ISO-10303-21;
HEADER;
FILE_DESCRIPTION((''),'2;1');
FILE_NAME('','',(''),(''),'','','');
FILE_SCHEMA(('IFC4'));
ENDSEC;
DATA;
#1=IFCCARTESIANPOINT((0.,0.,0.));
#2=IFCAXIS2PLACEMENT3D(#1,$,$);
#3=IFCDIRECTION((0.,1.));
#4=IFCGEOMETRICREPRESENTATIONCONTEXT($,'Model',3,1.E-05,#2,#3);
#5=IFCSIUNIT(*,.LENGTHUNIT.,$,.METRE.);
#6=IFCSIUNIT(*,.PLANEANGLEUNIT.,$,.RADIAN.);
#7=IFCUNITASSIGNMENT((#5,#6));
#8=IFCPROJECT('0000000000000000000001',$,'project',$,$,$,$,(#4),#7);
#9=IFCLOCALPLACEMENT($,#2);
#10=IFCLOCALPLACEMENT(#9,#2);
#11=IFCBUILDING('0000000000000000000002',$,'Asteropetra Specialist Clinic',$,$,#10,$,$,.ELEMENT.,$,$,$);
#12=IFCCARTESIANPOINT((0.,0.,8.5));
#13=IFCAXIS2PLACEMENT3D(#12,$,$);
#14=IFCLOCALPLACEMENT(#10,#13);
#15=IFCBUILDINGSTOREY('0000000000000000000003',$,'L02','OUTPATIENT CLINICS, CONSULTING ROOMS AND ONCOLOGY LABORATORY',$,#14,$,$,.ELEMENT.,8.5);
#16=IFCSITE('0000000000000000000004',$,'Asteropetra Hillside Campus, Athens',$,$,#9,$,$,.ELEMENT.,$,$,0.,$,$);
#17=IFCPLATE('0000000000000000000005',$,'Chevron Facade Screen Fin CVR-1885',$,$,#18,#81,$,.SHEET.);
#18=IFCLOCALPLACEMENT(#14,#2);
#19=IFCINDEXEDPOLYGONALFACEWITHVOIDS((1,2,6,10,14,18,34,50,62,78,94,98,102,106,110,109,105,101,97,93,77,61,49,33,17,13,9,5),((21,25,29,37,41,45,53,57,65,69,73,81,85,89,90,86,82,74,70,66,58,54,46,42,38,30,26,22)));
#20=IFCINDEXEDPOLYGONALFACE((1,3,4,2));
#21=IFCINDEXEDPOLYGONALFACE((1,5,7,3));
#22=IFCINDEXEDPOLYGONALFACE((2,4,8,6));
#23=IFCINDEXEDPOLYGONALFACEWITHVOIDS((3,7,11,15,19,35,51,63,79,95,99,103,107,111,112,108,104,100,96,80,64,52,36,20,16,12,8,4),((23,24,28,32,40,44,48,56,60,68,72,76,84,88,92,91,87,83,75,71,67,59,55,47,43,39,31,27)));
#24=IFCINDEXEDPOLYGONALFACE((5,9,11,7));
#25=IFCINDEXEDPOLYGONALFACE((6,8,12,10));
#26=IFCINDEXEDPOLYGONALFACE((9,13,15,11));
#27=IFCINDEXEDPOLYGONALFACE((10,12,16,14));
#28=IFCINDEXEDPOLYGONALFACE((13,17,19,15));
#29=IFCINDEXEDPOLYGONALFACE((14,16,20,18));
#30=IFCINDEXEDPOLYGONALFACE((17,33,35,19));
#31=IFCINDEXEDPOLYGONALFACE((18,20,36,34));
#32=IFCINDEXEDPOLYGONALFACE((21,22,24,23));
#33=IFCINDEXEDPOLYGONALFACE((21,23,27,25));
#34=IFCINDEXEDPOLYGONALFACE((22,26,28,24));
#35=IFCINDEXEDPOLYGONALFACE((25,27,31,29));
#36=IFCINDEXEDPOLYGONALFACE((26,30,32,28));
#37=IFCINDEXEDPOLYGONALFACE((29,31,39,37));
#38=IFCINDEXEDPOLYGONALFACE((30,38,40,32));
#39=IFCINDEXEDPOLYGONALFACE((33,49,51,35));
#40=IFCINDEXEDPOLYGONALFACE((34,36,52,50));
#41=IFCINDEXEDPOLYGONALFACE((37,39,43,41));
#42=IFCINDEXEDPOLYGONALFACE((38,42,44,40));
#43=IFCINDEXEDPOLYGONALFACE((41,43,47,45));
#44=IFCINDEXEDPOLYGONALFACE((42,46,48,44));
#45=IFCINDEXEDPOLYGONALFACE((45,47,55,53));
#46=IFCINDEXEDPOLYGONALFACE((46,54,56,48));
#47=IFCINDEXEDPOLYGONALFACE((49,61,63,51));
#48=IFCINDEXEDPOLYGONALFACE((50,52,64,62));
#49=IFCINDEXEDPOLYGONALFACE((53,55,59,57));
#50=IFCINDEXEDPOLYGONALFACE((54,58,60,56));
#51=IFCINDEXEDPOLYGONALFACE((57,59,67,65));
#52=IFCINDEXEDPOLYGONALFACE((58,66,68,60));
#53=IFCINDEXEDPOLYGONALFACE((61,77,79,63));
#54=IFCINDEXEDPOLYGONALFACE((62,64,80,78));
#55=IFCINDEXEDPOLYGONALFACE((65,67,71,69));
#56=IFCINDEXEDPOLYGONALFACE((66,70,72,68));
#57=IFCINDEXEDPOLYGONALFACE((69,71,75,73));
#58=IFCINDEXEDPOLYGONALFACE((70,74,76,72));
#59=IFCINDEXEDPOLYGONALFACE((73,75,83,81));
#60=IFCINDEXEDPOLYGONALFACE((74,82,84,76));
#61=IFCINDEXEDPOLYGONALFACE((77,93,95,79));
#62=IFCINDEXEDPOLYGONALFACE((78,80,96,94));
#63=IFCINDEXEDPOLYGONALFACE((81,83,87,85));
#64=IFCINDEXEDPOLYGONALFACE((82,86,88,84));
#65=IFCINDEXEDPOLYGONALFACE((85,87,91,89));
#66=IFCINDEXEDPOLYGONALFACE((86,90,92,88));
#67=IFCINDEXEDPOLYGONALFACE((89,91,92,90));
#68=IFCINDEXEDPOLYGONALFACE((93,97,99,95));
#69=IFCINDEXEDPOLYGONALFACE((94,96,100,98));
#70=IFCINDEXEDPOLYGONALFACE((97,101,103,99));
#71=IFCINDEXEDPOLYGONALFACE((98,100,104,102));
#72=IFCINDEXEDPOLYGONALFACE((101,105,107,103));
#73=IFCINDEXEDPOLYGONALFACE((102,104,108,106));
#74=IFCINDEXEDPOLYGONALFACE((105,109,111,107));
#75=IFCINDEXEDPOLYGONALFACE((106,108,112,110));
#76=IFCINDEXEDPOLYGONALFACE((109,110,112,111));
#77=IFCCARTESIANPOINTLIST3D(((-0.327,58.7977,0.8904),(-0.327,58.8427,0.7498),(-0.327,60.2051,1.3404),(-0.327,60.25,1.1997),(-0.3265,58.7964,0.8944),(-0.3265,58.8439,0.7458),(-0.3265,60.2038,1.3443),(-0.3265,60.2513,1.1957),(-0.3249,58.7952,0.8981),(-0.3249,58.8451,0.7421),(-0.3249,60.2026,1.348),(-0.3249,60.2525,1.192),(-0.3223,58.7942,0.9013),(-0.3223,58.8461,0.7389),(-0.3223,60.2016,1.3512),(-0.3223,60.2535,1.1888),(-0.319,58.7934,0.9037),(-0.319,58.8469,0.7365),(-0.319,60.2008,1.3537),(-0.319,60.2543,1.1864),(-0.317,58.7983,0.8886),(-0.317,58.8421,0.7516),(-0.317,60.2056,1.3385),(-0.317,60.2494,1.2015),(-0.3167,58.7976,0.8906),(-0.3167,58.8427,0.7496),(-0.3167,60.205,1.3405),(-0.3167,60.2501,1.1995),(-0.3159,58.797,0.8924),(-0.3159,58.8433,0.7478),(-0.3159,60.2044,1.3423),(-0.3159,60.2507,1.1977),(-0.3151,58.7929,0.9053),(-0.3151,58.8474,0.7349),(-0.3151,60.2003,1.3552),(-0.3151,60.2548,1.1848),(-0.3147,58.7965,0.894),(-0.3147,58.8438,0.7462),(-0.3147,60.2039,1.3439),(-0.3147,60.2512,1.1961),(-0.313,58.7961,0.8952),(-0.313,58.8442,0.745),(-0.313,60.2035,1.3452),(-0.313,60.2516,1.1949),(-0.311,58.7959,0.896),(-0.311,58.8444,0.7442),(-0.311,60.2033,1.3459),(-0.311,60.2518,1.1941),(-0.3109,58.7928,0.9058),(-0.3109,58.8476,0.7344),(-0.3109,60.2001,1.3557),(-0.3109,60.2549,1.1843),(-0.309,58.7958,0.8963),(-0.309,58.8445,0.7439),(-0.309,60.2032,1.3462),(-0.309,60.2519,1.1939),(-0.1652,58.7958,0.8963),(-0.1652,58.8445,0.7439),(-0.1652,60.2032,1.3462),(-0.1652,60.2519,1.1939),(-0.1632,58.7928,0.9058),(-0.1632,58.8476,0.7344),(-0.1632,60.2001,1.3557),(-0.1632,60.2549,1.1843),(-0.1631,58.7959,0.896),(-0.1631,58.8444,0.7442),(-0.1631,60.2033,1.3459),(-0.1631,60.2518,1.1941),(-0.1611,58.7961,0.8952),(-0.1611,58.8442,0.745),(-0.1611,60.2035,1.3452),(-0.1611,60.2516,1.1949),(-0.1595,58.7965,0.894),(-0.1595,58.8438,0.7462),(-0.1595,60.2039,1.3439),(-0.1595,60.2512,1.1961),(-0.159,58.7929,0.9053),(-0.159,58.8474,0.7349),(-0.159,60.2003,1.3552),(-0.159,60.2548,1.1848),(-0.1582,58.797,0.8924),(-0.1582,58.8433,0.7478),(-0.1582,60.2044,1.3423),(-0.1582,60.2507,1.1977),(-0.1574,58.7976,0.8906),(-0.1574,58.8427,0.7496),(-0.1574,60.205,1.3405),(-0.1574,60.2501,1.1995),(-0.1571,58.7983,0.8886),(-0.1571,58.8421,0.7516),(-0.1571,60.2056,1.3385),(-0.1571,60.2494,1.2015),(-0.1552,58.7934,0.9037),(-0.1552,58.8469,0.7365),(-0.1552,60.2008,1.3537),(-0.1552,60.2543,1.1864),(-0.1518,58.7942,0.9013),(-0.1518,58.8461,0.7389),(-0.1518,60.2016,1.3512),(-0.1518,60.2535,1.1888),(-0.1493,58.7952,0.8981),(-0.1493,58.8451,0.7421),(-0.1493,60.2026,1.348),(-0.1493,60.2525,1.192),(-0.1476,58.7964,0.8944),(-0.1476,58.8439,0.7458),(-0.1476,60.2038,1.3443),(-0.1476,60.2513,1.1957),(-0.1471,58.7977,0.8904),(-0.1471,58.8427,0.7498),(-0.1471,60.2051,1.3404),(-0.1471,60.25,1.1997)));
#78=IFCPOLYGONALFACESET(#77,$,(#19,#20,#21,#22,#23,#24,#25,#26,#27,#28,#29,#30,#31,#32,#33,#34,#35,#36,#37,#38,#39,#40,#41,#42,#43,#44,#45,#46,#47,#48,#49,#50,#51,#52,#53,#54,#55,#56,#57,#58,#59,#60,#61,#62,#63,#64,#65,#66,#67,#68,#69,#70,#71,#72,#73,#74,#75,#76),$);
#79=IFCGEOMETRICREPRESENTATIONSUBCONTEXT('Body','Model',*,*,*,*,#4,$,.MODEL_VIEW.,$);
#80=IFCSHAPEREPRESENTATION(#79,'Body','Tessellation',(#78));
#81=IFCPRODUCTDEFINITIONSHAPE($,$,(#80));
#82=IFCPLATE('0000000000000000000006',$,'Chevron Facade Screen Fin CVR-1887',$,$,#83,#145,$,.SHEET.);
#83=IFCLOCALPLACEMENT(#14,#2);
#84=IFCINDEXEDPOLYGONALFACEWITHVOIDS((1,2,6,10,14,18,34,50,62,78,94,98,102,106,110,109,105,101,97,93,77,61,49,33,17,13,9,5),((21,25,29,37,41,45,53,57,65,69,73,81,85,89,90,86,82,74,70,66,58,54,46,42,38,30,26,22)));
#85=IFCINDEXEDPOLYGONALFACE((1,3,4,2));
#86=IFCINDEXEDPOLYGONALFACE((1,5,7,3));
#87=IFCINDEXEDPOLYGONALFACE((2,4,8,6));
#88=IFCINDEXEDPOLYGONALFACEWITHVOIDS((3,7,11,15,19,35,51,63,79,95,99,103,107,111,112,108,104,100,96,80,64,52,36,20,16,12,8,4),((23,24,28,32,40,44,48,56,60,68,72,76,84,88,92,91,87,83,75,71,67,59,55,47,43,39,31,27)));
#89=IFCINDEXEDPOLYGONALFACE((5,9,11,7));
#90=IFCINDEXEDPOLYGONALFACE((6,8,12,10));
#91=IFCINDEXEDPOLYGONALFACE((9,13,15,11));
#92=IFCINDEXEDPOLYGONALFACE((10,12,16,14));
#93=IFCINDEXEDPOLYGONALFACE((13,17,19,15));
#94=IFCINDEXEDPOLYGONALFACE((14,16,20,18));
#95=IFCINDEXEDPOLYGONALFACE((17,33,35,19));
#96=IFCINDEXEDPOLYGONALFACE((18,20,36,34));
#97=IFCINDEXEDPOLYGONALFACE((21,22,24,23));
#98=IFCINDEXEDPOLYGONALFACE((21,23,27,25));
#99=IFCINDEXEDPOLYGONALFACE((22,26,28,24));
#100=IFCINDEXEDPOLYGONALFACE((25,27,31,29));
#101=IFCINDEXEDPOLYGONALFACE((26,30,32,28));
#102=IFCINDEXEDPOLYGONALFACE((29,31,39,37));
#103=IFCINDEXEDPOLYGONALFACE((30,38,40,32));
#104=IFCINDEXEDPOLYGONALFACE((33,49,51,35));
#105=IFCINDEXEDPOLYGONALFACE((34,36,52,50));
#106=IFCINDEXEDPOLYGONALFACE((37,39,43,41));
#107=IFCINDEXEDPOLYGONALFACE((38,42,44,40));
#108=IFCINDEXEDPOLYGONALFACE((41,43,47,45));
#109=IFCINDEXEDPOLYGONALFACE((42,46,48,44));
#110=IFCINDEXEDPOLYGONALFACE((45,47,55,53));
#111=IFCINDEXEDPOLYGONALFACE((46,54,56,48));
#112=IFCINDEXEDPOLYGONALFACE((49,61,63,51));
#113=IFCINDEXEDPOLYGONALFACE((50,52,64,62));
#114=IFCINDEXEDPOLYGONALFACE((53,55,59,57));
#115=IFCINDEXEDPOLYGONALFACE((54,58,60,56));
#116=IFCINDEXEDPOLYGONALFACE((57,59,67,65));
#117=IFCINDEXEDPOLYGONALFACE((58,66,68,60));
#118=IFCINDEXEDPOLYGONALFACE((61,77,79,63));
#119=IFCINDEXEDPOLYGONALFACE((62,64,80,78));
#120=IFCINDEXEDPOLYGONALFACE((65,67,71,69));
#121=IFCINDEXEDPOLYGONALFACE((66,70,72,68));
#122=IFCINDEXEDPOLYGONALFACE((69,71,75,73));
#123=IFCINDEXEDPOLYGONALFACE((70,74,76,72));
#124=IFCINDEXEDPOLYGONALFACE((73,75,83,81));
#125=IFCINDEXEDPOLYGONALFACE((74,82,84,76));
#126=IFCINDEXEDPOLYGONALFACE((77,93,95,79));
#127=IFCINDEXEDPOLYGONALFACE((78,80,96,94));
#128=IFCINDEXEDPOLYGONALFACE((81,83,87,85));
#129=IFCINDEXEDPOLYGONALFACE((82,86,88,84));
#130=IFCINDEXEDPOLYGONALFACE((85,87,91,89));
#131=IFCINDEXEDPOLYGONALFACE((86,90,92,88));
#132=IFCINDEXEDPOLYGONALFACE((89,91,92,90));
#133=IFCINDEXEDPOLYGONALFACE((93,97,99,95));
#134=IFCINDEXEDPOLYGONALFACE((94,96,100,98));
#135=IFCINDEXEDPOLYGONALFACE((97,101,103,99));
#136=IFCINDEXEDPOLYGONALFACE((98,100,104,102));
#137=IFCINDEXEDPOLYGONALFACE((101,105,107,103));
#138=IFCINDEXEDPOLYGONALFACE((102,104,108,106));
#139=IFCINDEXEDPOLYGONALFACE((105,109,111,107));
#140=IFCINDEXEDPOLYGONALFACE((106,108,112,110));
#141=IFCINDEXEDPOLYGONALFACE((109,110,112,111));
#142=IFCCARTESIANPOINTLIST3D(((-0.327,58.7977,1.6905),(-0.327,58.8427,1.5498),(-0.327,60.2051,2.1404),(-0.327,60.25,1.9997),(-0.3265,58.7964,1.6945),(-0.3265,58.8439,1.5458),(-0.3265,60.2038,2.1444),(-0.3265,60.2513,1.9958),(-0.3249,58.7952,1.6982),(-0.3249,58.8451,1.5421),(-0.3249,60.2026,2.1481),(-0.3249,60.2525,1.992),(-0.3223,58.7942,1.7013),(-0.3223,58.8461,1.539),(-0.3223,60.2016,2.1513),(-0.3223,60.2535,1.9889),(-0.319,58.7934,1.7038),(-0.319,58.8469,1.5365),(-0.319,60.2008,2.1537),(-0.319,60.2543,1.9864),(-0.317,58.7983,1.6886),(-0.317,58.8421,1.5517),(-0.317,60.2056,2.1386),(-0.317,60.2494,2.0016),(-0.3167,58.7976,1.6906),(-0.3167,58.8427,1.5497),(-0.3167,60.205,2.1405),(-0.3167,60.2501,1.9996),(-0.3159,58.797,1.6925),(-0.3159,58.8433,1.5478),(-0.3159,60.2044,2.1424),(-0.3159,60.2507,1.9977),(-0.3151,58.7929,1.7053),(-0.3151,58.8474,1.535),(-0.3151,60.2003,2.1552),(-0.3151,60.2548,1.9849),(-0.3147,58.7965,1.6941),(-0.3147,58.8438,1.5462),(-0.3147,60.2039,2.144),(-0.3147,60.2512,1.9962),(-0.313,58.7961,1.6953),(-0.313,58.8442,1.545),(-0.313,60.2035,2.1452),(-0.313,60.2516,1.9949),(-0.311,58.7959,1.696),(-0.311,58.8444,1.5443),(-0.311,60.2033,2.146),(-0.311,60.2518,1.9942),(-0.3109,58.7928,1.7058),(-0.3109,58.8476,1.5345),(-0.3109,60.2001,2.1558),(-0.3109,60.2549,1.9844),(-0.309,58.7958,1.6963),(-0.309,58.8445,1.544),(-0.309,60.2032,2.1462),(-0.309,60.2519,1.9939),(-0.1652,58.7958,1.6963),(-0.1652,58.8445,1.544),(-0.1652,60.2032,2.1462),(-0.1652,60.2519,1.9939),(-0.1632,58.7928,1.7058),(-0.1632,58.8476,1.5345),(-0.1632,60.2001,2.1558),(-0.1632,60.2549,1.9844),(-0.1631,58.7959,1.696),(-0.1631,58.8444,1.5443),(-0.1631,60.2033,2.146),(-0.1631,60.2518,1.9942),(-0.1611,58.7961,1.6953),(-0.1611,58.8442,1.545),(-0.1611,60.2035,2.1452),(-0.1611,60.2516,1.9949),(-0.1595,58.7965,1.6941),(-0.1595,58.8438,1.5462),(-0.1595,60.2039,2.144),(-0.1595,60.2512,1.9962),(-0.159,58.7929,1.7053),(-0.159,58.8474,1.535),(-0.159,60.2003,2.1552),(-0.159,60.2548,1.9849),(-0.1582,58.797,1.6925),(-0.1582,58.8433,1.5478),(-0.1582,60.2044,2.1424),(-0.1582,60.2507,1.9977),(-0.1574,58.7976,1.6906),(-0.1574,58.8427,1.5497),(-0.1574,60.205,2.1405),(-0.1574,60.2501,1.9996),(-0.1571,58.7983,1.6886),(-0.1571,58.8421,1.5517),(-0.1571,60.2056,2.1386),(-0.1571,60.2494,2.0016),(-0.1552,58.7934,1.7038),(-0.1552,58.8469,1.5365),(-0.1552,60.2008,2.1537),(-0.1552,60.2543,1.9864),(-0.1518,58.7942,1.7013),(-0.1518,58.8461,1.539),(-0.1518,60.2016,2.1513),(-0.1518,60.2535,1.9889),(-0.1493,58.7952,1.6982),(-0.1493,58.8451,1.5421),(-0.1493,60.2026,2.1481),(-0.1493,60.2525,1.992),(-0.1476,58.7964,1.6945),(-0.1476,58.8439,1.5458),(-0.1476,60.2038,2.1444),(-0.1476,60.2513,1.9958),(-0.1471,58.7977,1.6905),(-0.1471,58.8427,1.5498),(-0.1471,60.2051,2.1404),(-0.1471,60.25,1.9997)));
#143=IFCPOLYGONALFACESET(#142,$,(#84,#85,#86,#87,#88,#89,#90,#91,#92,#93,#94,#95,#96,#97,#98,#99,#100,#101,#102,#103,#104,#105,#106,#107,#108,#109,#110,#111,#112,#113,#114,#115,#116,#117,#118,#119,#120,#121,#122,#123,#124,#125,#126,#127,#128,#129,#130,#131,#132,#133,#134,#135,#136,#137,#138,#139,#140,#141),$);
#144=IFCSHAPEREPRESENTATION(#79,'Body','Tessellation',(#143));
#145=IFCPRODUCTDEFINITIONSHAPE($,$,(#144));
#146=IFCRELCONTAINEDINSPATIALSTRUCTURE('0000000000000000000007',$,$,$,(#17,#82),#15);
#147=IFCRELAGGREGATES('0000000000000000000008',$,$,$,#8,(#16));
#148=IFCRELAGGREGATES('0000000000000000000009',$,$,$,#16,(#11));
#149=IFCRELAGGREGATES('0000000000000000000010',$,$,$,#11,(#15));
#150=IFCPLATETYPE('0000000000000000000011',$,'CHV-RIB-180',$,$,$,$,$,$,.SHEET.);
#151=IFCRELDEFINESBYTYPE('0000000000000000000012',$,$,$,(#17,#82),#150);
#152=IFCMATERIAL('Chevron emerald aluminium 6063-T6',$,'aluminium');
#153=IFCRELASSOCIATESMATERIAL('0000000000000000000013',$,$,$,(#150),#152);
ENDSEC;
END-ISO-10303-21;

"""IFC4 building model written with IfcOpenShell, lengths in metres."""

from ifc_helpers import new_model, si_unit, direction, frame, origin, origin_2d, place, context, subcontext, project, spatial, hollow_rectangle, extrude, material, material_profile, profile_set, type_object, element, save


model = new_model("IFC4")

# Units and contexts
model_context = context("Model", 3, precision=1e-05, world=origin(), true_north=direction((0.0, 1.0)))
body_context = subcontext(model_context, "Body", "Model", "MODEL_VIEW")
ifc_project = project(units=[si_unit("LENGTHUNIT", "METRE"), si_unit("PLANEANGLEUNIT", "RADIAN")], contexts=[model_context])

# Site, building, storey
site_placement = place(None, origin())
site = spatial("IfcSite", under=ifc_project, at=site_placement, Name="Asteropetra Hillside Campus, Athens", CompositionType="ELEMENT", RefElevation=0.0)
building_placement = place(site_placement, origin())
building = spatial("IfcBuilding", under=site, at=building_placement, Name="Asteropetra Specialist Clinic", CompositionType="ELEMENT")
storey_placement = place(building_placement, frame((0.0, 0.0, 8.5)))
storey = spatial("IfcBuildingStorey", under=building, at=storey_placement, Name="L02", Description="OUTPATIENT CLINICS, CONSULTING ROOMS AND ONCOLOGY LABORATORY", CompositionType="ELEMENT", Elevation=8.5)

# Plates
ifc_material_1 = material(Name="Chevron emerald aluminium 6063-T6", Category="aluminium")
ifc_material_profile_1 = material_profile(ifc_material_1, hollow_rectangle(XDim=0.1799, YDim=0.1799, WallThickness=0.01, InnerFilletRadius=0.0081, OuterFilletRadius=0.0161, at=origin_2d()), Name="SHS 180x180x10.0")
ifc_profile_set_1 = profile_set([ifc_material_profile_1], Name="Chevron emerald aluminium 6063-T6")
plate_type = type_object("IfcPlateType", Name="CHV-RIB-180", PredefinedType="SHEET", material=ifc_profile_set_1)
for number, where, z_axis, x_axis, name in (
    (1, (-0.2371, 60.2275, 1.27), (0.0, -0.95251, -0.304506), (1.0, 0.0, 0.0), "Chevron Facade Screen Fin CVR-1885"),
    (2, (-0.2371, 60.2275, 2.0701), (0.0, -0.95251, -0.304506), (1.0, 0.0, 0.0), "Chevron Facade Screen Fin CVR-1887"),
):
    element("IfcPlate", number, at=place(storey_placement, frame(where, z_axis=z_axis, x_axis=x_axis)), inside=storey, type_object=plate_type, Name=name, PredefinedType="SHEET", context=body_context, shape_type="SweptSolid", body=[
        extrude(hollow_rectangle(XDim=0.1799, YDim=0.1799, WallThickness=0.01, InnerFilletRadius=0.0081, OuterFilletRadius=0.0161, at=origin_2d()), origin(), (0.0, 0.0, 1.0), 1.4775),
    ])

save(model, "model.ifc")
